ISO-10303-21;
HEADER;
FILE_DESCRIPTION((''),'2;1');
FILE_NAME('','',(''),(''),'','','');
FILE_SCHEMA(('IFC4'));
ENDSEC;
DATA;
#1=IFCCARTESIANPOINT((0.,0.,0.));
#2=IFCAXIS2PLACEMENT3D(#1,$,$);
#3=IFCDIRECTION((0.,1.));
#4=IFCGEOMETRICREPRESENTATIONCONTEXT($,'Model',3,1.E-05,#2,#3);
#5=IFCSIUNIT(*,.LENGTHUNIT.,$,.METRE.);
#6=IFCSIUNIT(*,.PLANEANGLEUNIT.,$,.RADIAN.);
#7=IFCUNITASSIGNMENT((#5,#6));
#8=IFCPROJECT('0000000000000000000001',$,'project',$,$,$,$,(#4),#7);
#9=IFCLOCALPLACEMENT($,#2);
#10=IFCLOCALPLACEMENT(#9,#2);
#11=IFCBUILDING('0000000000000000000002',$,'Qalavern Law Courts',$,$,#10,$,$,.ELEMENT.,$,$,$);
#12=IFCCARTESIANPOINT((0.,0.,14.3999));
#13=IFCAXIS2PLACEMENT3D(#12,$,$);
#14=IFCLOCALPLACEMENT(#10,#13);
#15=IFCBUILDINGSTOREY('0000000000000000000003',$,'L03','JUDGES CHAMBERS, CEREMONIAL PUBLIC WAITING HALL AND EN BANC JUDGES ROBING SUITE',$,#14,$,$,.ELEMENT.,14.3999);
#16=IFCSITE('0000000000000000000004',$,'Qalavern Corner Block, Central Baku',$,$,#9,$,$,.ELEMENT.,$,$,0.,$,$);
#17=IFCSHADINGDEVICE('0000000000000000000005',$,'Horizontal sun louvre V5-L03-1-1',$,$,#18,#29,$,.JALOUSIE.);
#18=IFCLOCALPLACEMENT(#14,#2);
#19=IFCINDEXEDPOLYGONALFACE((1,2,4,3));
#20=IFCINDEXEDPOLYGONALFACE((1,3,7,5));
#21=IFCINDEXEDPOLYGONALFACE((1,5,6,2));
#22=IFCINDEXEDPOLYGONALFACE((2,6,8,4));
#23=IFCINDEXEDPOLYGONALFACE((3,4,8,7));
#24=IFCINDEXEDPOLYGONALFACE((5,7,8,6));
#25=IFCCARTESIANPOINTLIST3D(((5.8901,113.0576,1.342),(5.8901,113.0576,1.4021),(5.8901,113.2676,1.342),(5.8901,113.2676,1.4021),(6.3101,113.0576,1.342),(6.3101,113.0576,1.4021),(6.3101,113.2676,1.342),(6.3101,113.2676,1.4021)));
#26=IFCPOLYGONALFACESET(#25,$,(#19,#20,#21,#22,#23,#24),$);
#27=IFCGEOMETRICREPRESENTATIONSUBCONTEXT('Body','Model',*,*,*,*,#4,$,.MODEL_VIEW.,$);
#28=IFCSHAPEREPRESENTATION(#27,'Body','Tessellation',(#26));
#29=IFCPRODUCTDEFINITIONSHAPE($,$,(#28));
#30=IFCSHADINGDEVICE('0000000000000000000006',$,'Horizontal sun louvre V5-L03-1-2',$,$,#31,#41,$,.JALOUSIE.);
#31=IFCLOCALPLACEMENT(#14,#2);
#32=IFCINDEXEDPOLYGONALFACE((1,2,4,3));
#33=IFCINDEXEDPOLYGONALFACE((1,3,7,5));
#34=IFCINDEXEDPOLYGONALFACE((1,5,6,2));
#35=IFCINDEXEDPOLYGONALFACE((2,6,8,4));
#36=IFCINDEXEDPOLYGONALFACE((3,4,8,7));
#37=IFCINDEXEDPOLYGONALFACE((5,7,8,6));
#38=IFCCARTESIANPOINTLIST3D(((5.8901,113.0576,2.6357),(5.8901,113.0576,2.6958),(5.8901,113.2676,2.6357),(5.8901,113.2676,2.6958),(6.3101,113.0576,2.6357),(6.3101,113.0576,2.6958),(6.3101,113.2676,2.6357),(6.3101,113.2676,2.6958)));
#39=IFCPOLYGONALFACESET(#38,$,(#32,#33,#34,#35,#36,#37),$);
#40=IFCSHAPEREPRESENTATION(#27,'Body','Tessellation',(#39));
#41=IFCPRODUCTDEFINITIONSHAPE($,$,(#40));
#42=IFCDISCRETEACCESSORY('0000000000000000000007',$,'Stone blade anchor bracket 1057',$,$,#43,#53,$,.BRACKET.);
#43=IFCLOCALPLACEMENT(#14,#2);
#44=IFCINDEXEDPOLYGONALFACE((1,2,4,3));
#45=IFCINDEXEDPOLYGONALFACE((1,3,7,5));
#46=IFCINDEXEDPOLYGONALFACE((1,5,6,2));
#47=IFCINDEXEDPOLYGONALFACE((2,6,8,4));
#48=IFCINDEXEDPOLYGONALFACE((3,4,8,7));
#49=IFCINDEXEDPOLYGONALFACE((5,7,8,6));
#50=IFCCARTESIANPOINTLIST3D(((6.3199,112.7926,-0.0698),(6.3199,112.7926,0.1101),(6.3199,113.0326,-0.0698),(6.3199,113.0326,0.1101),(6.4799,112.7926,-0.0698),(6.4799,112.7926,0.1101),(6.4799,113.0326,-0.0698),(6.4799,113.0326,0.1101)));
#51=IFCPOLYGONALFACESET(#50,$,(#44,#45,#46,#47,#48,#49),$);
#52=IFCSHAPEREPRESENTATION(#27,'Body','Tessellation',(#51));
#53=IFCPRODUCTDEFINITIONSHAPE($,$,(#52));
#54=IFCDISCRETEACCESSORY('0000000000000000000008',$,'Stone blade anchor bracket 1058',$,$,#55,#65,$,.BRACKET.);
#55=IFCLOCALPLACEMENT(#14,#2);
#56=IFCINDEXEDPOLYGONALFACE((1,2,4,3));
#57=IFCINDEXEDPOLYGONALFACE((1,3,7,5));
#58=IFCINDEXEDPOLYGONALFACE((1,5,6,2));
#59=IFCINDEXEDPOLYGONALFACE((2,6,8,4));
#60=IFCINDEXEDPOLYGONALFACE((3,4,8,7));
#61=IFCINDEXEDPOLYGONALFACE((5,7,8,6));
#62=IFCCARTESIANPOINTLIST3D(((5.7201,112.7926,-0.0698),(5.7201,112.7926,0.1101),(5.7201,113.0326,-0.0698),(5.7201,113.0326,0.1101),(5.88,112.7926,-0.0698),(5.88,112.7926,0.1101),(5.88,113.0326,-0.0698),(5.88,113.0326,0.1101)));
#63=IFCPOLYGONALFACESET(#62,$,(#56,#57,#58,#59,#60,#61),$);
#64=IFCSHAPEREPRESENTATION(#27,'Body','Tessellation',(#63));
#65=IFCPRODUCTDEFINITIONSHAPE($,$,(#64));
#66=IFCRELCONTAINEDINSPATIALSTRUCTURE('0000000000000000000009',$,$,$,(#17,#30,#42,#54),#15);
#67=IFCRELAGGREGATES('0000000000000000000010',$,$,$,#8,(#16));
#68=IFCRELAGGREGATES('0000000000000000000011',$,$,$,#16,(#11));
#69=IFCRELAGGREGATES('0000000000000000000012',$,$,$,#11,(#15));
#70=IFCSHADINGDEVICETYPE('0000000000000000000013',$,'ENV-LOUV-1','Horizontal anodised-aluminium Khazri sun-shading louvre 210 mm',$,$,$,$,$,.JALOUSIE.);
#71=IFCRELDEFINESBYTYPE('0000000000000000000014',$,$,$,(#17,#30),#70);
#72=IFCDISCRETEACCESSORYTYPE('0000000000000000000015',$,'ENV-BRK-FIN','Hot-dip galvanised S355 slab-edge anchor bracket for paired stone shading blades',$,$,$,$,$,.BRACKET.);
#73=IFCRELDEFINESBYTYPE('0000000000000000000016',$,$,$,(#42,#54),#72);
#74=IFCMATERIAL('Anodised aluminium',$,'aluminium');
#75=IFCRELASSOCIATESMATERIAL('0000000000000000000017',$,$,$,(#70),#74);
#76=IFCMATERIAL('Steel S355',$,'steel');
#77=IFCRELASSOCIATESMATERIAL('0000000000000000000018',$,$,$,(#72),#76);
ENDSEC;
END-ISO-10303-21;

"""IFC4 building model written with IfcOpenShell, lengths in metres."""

from ifc_helpers import new_model, si_unit, direction, frame, origin, origin_2d, place, context, subcontext, project, spatial, rectangle, extrude, material, type_object, element, save


model = new_model("IFC4")

# Units and contexts
model_context = context("Model", 3, precision=1e-05, world=origin(), true_north=direction((0.0, 1.0)))
body_context = subcontext(model_context, "Body", "Model", "MODEL_VIEW")
ifc_project = project(units=[si_unit("LENGTHUNIT", "METRE"), si_unit("PLANEANGLEUNIT", "RADIAN")], contexts=[model_context])

# Site, building, storey
site_placement = place(None, origin())
site = spatial("IfcSite", under=ifc_project, at=site_placement, Name="Qalavern Corner Block, Central Baku", CompositionType="ELEMENT", RefElevation=0.0)
building_placement = place(site_placement, origin())
building = spatial("IfcBuilding", under=site, at=building_placement, Name="Qalavern Law Courts", CompositionType="ELEMENT")
storey_placement = place(building_placement, frame((0.0, 0.0, 14.3999)))
storey = spatial("IfcBuildingStorey", under=building, at=storey_placement, Name="L03", Description="JUDGES CHAMBERS, CEREMONIAL PUBLIC WAITING HALL AND EN BANC JUDGES ROBING SUITE", CompositionType="ELEMENT", Elevation=14.3999)

# Shared definitions
ifc_material_1 = material(Name="Anodised aluminium", Category="aluminium")

# Shared definitions
ifc_material_2 = material(Name="Steel S355", Category="steel")

# Shading devices
shading_device_type = type_object("IfcShadingDeviceType", Name="ENV-LOUV-1", Description="Horizontal anodised-aluminium Khazri sun-shading louvre 210 mm", PredefinedType="JALOUSIE", material=ifc_material_1)
for number, where, z_axis, x_axis, name in (
    (1, (6.1001, 113.1626, 1.342), (0.0, 0.0, 1.0), (-1.0, 0.0, 0.0), "Horizontal sun louvre V5-L03-1-1"),
    (2, (6.1001, 113.1626, 2.6357), (0.0, 0.0, 1.0), (-1.0, 0.0, 0.0), "Horizontal sun louvre V5-L03-1-2"),
):
    element("IfcShadingDevice", number, at=place(storey_placement, frame(where, z_axis=z_axis, x_axis=x_axis)), inside=storey, type_object=shading_device_type, Name=name, PredefinedType="JALOUSIE", context=body_context, shape_type="SweptSolid", body=[
        extrude(rectangle(XDim=0.4199, YDim=0.21, at=origin_2d()), origin(), (0.0, 0.0, 1.0), 0.0601),
    ])

# Discrete accessories
discrete_accessory_type = type_object("IfcDiscreteAccessoryType", Name="ENV-BRK-FIN", Description="Hot-dip galvanised S355 slab-edge anchor bracket for paired stone shading blades", PredefinedType="BRACKET", material=ifc_material_2)
for number, where, z_axis, x_axis, name in (
    (3, (6.3999, 112.9126, -0.0698), (0.0, 0.0, 1.0), (0.0, 1.0, 0.0), "Stone blade anchor bracket 1057"),
    (4, (5.8, 112.9126, -0.0698), (0.0, 0.0, 1.0), (0.0, 1.0, 0.0), "Stone blade anchor bracket 1058"),
):
    element("IfcDiscreteAccessory", number, at=place(storey_placement, frame(where, z_axis=z_axis, x_axis=x_axis)), inside=storey, type_object=discrete_accessory_type, Name=name, PredefinedType="BRACKET", context=body_context, shape_type="SweptSolid", body=[
        extrude(rectangle(XDim=0.24, YDim=0.1599, at=origin_2d()), origin(), (0.0, 0.0, 1.0), 0.1799),
    ])

save(model, "model.ifc")
